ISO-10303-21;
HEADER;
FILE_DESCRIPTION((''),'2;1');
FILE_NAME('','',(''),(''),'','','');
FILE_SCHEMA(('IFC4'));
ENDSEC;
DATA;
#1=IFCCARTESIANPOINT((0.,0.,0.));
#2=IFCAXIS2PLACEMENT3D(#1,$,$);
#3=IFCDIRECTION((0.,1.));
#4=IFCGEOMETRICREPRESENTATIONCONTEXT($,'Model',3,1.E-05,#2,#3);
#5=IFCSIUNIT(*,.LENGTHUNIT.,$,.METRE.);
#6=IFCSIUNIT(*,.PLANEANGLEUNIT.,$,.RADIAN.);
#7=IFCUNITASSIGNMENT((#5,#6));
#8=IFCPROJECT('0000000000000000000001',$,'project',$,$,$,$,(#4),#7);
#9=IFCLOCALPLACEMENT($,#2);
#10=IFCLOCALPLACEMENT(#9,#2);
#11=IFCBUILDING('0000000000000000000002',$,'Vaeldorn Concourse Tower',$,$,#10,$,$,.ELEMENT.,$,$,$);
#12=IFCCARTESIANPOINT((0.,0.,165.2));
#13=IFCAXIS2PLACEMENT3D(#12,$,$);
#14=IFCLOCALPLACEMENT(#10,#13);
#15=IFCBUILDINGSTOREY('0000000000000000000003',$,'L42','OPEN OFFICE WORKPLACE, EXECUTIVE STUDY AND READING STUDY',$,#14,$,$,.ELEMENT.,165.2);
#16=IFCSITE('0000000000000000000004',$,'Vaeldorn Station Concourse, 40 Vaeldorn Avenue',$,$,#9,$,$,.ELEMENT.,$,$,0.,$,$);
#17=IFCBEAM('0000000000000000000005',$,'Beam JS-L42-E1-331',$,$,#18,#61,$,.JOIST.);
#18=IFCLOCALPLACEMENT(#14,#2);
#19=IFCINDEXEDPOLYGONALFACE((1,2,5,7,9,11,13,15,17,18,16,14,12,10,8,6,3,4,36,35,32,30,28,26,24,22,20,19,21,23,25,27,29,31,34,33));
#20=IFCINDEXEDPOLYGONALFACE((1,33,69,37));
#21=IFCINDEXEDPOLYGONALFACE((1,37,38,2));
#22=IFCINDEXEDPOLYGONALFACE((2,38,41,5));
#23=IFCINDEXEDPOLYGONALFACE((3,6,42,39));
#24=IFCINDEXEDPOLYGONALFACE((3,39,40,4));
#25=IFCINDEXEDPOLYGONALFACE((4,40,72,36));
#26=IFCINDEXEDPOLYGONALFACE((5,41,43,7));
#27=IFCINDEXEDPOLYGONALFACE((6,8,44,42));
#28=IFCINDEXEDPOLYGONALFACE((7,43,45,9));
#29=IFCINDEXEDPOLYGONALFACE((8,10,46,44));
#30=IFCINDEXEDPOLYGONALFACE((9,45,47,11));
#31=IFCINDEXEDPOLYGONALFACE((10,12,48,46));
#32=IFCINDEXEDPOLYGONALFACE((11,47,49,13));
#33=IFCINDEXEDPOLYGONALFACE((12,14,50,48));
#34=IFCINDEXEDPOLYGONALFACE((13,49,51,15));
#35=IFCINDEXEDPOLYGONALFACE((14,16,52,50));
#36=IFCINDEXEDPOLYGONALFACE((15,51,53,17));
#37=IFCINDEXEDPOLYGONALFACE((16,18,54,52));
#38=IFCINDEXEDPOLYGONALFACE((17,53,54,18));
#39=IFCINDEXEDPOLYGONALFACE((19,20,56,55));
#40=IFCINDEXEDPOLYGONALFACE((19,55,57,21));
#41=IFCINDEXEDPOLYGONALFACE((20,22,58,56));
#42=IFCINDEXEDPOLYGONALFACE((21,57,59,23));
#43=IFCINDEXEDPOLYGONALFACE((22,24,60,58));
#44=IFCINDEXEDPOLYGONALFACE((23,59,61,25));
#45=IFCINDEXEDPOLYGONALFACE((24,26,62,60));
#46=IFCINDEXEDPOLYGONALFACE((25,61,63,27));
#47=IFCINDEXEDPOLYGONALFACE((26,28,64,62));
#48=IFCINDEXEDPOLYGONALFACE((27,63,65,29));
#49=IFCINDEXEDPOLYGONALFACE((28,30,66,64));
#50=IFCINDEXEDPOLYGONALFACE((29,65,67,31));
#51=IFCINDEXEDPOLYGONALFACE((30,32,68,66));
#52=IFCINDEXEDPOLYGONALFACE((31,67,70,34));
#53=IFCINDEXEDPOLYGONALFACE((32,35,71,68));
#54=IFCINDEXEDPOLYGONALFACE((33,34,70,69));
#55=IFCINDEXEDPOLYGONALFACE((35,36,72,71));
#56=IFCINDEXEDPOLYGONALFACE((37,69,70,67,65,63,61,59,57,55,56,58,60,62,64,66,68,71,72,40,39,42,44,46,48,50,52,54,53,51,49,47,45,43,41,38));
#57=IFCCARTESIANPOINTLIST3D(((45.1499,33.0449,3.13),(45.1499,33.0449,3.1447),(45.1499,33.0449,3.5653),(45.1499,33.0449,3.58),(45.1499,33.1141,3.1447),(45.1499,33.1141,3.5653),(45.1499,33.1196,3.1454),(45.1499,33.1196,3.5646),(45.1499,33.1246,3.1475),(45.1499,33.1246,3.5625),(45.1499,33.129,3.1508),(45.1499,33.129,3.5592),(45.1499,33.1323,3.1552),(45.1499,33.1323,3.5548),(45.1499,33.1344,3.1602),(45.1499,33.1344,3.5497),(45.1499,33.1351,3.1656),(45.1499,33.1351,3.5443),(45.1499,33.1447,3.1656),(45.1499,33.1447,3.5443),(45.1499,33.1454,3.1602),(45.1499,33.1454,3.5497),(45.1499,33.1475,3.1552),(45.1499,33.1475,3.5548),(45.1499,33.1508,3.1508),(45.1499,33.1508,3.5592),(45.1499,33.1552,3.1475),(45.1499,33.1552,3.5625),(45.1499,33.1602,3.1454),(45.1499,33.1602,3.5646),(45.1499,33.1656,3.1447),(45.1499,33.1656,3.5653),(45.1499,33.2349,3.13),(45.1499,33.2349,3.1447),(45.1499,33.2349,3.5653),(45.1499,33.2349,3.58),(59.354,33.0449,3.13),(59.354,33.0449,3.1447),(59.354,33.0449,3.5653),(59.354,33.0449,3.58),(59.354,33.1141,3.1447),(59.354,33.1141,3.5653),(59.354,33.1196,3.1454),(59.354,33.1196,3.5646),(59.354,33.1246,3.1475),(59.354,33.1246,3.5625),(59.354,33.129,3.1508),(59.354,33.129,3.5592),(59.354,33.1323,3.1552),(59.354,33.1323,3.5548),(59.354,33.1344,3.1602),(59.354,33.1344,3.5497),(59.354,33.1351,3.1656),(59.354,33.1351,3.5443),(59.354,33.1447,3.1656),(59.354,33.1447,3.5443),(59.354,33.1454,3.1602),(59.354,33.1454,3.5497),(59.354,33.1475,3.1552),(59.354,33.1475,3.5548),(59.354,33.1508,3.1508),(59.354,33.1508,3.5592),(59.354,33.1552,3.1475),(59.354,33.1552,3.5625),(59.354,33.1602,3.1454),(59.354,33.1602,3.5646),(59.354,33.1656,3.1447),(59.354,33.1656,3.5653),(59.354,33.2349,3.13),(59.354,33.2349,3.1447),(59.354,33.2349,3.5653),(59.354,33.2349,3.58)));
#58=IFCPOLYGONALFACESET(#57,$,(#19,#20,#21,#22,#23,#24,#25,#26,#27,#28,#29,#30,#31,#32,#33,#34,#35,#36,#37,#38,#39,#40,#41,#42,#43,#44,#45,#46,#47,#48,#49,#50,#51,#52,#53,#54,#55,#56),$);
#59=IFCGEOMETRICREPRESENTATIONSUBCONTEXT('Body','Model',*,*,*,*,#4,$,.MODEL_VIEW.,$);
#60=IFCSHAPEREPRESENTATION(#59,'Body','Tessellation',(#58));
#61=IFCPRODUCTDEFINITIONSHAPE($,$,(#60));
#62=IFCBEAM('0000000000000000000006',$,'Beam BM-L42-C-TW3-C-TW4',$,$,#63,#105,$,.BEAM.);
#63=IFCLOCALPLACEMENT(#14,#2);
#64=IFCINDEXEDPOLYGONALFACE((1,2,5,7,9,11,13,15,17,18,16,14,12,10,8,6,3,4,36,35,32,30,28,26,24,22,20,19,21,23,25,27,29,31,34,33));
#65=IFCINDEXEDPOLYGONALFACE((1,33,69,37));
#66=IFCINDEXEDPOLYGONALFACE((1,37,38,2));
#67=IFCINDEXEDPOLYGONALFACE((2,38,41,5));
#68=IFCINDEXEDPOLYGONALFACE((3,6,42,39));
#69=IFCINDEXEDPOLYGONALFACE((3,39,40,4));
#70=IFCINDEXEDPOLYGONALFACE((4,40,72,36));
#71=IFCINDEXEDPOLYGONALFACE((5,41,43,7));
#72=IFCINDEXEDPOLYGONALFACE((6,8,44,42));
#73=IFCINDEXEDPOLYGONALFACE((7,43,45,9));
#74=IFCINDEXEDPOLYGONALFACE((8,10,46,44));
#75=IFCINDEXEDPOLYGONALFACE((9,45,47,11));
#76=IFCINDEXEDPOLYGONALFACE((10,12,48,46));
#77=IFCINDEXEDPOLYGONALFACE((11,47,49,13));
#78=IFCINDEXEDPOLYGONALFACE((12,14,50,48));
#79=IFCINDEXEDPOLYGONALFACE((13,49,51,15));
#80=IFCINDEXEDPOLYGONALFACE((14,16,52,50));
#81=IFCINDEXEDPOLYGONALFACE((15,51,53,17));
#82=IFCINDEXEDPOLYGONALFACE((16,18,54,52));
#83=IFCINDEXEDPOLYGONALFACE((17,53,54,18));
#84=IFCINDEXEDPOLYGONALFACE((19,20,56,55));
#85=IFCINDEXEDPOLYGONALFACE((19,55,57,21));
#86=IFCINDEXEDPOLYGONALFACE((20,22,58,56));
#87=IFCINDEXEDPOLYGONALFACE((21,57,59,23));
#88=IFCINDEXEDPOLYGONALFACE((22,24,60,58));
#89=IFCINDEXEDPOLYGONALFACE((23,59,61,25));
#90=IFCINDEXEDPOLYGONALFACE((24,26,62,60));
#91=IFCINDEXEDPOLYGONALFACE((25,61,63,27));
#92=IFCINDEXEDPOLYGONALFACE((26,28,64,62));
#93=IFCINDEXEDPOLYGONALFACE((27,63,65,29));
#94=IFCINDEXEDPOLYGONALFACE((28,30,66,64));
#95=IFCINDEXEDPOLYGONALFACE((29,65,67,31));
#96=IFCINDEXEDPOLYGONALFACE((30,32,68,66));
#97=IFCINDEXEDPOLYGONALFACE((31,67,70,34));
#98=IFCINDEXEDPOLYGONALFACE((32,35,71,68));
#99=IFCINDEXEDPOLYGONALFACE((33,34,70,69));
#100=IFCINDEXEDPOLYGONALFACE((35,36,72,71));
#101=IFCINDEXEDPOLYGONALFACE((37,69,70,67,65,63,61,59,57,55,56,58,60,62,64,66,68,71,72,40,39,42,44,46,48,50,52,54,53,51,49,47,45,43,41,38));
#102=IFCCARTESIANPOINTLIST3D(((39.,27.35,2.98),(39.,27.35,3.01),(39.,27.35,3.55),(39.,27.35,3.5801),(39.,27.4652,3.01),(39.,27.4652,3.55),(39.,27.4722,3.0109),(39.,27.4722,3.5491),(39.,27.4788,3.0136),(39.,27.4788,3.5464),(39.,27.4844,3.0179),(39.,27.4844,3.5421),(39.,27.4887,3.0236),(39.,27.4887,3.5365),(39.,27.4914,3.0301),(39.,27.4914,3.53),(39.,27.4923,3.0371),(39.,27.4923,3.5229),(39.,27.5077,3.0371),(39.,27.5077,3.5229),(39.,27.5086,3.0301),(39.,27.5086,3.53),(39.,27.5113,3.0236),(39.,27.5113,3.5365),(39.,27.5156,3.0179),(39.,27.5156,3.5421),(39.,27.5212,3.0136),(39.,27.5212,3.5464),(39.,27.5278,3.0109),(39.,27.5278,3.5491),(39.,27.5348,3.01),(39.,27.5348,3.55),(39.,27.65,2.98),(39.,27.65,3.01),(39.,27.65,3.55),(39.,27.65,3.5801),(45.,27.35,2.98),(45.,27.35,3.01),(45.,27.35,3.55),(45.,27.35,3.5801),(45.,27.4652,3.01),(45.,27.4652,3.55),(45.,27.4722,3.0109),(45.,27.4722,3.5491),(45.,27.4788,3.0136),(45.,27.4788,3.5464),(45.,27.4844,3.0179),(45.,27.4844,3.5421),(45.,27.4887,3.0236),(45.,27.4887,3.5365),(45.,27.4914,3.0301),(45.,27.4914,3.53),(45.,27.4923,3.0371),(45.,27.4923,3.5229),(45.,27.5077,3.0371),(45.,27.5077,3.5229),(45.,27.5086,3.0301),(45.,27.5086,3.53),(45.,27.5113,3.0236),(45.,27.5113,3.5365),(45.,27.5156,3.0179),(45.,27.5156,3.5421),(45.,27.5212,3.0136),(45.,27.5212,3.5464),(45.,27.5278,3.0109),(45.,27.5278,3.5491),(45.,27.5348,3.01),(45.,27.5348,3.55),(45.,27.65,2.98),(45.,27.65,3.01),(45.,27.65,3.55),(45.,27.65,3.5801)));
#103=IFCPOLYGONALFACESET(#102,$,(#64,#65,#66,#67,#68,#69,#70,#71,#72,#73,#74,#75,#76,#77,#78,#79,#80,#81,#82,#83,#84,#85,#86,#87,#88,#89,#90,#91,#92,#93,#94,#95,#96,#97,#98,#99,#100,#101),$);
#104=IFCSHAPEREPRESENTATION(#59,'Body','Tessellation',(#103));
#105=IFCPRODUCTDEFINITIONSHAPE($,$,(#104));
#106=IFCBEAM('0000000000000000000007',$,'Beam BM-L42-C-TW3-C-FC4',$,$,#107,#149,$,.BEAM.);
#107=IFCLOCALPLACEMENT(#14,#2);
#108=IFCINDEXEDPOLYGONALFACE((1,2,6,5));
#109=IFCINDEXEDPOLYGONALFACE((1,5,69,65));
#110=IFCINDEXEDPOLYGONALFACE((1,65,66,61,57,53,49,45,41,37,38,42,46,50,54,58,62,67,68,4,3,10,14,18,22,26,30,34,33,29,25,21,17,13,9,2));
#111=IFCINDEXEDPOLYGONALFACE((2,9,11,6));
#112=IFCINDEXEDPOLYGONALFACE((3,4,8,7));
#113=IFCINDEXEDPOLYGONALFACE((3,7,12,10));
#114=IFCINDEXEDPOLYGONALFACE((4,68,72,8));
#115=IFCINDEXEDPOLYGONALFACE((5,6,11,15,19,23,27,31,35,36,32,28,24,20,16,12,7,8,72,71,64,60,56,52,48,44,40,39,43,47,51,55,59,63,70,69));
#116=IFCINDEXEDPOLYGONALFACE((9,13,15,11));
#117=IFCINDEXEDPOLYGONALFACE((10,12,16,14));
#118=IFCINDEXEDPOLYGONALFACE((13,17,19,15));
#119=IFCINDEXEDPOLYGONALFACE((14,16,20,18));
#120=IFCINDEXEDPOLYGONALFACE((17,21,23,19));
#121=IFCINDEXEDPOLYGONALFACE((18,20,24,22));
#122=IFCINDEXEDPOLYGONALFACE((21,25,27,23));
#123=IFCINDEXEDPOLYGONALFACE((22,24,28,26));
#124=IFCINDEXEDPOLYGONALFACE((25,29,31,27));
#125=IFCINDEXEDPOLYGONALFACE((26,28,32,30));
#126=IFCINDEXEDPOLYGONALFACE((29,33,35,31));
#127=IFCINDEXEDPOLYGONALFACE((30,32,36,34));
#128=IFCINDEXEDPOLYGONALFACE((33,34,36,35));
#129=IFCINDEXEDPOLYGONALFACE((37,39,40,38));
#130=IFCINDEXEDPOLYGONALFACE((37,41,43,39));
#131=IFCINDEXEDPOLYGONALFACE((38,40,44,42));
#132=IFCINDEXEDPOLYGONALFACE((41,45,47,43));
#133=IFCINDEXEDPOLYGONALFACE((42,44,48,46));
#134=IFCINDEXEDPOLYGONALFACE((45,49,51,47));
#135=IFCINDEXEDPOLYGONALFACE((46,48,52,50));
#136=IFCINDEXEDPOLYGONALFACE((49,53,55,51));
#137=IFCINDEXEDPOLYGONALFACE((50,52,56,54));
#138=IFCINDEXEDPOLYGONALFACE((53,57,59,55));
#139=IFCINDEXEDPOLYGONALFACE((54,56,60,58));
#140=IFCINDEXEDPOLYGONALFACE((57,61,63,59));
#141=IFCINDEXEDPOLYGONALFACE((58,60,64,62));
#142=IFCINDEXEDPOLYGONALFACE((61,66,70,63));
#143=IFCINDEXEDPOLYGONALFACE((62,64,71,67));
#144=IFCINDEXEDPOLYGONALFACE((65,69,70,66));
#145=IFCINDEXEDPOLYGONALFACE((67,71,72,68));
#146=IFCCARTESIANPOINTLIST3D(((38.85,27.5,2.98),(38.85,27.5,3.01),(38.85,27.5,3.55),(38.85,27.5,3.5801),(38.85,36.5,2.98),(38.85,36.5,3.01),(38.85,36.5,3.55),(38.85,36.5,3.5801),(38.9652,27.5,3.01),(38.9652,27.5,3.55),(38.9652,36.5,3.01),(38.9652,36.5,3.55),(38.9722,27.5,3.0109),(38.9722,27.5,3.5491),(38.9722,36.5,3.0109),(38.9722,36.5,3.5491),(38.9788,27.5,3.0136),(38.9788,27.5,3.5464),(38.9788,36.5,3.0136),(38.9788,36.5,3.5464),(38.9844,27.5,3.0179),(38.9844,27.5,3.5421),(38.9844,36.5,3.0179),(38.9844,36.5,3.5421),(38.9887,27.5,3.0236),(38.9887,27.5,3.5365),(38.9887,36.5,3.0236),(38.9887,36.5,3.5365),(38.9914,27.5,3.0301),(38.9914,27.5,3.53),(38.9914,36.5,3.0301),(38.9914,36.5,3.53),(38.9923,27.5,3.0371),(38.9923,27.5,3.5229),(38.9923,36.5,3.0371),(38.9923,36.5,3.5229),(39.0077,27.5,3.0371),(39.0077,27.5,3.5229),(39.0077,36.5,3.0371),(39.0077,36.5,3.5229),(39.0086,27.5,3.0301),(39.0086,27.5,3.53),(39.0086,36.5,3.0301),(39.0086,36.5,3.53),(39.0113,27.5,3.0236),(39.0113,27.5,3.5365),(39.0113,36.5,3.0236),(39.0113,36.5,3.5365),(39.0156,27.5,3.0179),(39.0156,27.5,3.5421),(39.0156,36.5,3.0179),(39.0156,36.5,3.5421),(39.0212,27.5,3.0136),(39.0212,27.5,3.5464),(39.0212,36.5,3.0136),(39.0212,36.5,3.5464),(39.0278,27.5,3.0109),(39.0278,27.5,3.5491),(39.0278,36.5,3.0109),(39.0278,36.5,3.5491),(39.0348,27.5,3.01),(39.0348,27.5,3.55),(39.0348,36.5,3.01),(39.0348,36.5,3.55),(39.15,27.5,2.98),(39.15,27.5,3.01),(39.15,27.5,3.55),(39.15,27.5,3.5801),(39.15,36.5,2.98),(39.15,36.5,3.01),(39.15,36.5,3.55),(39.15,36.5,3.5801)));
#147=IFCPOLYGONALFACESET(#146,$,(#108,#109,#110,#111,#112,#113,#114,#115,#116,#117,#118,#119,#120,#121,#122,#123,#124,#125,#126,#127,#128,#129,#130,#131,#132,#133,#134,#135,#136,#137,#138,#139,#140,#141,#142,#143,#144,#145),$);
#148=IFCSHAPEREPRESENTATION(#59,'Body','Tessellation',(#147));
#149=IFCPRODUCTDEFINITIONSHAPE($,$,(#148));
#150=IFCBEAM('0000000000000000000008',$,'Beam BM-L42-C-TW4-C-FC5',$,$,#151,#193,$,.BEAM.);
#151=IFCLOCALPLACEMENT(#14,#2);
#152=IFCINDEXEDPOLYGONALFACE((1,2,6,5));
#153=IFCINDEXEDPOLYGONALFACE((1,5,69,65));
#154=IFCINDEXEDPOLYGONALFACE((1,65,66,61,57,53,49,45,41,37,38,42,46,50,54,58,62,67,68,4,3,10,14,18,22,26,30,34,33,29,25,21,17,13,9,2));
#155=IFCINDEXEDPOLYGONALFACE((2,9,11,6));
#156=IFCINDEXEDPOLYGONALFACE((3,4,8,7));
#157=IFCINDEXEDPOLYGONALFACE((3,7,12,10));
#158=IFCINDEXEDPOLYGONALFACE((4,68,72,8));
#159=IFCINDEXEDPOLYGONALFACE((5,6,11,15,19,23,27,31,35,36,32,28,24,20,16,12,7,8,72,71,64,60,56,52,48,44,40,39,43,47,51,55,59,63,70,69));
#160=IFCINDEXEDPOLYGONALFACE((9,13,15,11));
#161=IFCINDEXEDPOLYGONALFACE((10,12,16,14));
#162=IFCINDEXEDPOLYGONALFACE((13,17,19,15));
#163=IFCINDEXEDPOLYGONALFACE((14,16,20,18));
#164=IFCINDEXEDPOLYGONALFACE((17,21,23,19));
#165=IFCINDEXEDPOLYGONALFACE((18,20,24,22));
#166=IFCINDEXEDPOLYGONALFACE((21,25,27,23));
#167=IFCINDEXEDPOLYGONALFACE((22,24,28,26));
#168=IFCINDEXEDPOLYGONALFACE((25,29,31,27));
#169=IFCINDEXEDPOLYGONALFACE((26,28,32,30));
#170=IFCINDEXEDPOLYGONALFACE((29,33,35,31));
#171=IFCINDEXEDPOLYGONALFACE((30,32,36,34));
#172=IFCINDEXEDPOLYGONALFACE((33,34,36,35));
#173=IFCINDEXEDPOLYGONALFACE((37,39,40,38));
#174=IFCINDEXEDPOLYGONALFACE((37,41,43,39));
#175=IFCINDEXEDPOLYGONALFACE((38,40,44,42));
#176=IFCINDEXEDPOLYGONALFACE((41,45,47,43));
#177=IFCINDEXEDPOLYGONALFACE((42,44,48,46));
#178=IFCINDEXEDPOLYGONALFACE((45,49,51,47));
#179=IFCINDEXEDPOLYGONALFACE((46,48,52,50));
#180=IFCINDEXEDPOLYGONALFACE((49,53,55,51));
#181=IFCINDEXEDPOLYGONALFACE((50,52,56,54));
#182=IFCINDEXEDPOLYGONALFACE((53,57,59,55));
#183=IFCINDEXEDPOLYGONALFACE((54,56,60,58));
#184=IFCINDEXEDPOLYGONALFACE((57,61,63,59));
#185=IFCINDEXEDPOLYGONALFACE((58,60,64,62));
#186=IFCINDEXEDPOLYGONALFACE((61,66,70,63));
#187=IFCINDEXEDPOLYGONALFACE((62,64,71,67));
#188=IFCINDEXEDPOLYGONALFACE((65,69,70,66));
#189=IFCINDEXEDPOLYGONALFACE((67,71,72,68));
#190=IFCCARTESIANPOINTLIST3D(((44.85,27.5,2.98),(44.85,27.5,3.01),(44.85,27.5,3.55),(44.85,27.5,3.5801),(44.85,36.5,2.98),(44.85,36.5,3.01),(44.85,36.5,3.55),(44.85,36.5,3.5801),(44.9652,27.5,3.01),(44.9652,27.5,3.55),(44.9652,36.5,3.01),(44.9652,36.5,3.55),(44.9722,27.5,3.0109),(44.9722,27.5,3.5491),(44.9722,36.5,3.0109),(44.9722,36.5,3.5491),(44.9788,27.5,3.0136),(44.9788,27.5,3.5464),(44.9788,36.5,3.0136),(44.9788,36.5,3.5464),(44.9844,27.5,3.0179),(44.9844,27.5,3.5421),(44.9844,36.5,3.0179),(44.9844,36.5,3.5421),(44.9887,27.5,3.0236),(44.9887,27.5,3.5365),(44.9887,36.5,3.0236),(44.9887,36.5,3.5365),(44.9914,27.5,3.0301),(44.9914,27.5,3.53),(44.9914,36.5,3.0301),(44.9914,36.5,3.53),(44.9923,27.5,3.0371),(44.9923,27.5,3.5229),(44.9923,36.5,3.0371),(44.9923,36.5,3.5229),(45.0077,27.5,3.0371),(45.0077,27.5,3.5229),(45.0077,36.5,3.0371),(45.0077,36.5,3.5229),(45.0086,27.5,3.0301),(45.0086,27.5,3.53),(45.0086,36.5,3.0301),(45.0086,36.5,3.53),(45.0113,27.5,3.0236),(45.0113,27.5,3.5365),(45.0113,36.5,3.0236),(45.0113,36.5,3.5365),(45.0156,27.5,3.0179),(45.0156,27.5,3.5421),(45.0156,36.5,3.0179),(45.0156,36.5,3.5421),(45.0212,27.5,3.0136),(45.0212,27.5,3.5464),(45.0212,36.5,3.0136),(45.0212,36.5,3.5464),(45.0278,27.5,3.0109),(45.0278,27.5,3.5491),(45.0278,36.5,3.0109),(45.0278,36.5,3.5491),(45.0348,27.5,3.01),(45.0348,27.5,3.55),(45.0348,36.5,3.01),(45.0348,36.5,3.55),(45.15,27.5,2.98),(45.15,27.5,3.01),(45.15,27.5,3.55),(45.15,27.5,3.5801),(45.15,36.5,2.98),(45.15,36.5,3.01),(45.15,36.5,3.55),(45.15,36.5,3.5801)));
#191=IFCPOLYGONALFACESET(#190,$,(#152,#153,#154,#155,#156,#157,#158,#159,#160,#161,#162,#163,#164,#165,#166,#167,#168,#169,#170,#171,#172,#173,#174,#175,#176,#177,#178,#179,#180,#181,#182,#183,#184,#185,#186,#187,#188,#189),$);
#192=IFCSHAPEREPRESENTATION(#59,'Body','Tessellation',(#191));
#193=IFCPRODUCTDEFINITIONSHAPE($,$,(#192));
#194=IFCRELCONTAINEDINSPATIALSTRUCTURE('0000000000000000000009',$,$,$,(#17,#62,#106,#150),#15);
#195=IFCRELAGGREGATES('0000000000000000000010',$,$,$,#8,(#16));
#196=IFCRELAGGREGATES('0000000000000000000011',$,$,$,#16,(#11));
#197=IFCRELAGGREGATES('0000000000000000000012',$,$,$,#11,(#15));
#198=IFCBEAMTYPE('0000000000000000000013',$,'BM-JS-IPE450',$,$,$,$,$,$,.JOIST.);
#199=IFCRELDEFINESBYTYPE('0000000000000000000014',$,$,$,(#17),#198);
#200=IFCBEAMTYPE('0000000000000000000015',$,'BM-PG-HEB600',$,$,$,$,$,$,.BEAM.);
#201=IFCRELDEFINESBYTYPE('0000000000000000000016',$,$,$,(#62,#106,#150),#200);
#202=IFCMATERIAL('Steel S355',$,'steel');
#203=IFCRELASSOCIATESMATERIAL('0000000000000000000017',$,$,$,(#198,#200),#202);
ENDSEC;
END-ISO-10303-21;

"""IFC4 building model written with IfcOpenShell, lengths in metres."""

from ifc_helpers import new_model, si_unit, direction, frame, origin, origin_2d, place, context, subcontext, project, spatial, i_section, extrude, source, transform, mapped, material, material_profile, profile_set, type_object, element, save


model = new_model("IFC4")

# Units and contexts
model_context = context("Model", 3, precision=1e-05, world=origin(), true_north=direction((0.0, 1.0)))
body_context = subcontext(model_context, "Body", "Model", "MODEL_VIEW")
ifc_project = project(units=[si_unit("LENGTHUNIT", "METRE"), si_unit("PLANEANGLEUNIT", "RADIAN")], contexts=[model_context])

# Site, building, storey
site_placement = place(None, origin())
site = spatial("IfcSite", under=ifc_project, at=site_placement, Name="Vaeldorn Station Concourse, 40 Vaeldorn Avenue", CompositionType="ELEMENT", RefElevation=0.0)
building_placement = place(site_placement, origin())
building = spatial("IfcBuilding", under=site, at=building_placement, Name="Vaeldorn Concourse Tower", CompositionType="ELEMENT")
storey_placement = place(building_placement, frame((0.0, 0.0, 165.2)))
storey = spatial("IfcBuildingStorey", under=building, at=storey_placement, Name="L42", Description="OPEN OFFICE WORKPLACE, EXECUTIVE STUDY AND READING STUDY", CompositionType="ELEMENT", Elevation=165.2)

# Beams
ifc_material_1 = material(Name="Steel S355", Category="steel")
ifc_material_profile_1 = material_profile(ifc_material_1, i_section(OverallWidth=0.1899, OverallDepth=0.45, WebThickness=0.0095, FlangeThickness=0.0146, FilletRadius=0.021, at=origin_2d()), Name="IPE 450")
ifc_profile_set_1 = profile_set([ifc_material_profile_1], Name="Steel S355")
beam_type_1 = type_object("IfcBeamType", Name="BM-JS-IPE450", PredefinedType="JOIST", material=ifc_profile_set_1)
shared_shape_1 = source(origin(), body_context, "Body", "SweptSolid", [
    extrude(i_section(OverallWidth=0.1899, OverallDepth=0.45, WebThickness=0.0095, FlangeThickness=0.0146, FilletRadius=0.021, at=origin_2d()), origin(), (0.0, 0.0, 1.0), 14.2041),
])
beam_1_placement = place(storey_placement, frame((45.1499, 33.1399, 3.355), z_axis=(1.0, 0.0, 0.0), x_axis=(0.0, 1.0, 0.0)))
element("IfcBeam", 1, at=beam_1_placement, inside=storey, type_object=beam_type_1, Name="Beam JS-L42-E1-331", PredefinedType="JOIST", context=body_context, shape_type="MappedRepresentation", body=[
    mapped(shared_shape_1, transform((0.0, 0.0, 0.0), scale=1.0)),
])
ifc_material_profile_2 = material_profile(ifc_material_1, i_section(OverallWidth=0.3, OverallDepth=0.6001, WebThickness=0.0154, FlangeThickness=0.03, FilletRadius=0.0271, at=origin_2d()), Name="HEB 600")
ifc_profile_set_2 = profile_set([ifc_material_profile_2], Name="Steel S355")
beam_type_2 = type_object("IfcBeamType", Name="BM-PG-HEB600", PredefinedType="BEAM", material=ifc_profile_set_2)
shared_shape_2 = source(origin(), body_context, "Body", "SweptSolid", [
    extrude(i_section(OverallWidth=0.3, OverallDepth=0.6001, WebThickness=0.0154, FlangeThickness=0.03, FilletRadius=0.0271, at=origin_2d()), origin(), (0.0, 0.0, 1.0), 6.0),
])
beam_2_placement = place(storey_placement, frame((39.0, 27.5, 3.28), z_axis=(1.0, 0.0, 0.0), x_axis=(0.0, 1.0, 0.0)))
element("IfcBeam", 2, at=beam_2_placement, inside=storey, type_object=beam_type_2, Name="Beam BM-L42-C-TW3-C-TW4", PredefinedType="BEAM", context=body_context, shape_type="MappedRepresentation", body=[
    mapped(shared_shape_2, transform((0.0, 0.0, 0.0), scale=1.0)),
])
shared_shape_3 = source(origin(), body_context, "Body", "SweptSolid", [
    extrude(i_section(OverallWidth=0.3, OverallDepth=0.6001, WebThickness=0.0154, FlangeThickness=0.03, FilletRadius=0.0271, at=origin_2d()), origin(), (0.0, 0.0, 1.0), 9.0),
])
for number, where, z_axis, x_axis, name in (
    (3, (39.0, 27.5, 3.28), (0.0, 1.0, 0.0), (-1.0, 0.0, 0.0), "Beam BM-L42-C-TW3-C-FC4"),
    (4, (45.0, 27.5, 3.28), (0.0, 1.0, 0.0), (-1.0, 0.0, 0.0), "Beam BM-L42-C-TW4-C-FC5"),
):
    element("IfcBeam", number, at=place(storey_placement, frame(where, z_axis=z_axis, x_axis=x_axis)), inside=storey, type_object=beam_type_2, Name=name, PredefinedType="BEAM", context=body_context, shape_type="MappedRepresentation", body=[
        mapped(shared_shape_3, transform((0.0, 0.0, 0.0), scale=1.0)),
    ])

save(model, "model.ifc")
